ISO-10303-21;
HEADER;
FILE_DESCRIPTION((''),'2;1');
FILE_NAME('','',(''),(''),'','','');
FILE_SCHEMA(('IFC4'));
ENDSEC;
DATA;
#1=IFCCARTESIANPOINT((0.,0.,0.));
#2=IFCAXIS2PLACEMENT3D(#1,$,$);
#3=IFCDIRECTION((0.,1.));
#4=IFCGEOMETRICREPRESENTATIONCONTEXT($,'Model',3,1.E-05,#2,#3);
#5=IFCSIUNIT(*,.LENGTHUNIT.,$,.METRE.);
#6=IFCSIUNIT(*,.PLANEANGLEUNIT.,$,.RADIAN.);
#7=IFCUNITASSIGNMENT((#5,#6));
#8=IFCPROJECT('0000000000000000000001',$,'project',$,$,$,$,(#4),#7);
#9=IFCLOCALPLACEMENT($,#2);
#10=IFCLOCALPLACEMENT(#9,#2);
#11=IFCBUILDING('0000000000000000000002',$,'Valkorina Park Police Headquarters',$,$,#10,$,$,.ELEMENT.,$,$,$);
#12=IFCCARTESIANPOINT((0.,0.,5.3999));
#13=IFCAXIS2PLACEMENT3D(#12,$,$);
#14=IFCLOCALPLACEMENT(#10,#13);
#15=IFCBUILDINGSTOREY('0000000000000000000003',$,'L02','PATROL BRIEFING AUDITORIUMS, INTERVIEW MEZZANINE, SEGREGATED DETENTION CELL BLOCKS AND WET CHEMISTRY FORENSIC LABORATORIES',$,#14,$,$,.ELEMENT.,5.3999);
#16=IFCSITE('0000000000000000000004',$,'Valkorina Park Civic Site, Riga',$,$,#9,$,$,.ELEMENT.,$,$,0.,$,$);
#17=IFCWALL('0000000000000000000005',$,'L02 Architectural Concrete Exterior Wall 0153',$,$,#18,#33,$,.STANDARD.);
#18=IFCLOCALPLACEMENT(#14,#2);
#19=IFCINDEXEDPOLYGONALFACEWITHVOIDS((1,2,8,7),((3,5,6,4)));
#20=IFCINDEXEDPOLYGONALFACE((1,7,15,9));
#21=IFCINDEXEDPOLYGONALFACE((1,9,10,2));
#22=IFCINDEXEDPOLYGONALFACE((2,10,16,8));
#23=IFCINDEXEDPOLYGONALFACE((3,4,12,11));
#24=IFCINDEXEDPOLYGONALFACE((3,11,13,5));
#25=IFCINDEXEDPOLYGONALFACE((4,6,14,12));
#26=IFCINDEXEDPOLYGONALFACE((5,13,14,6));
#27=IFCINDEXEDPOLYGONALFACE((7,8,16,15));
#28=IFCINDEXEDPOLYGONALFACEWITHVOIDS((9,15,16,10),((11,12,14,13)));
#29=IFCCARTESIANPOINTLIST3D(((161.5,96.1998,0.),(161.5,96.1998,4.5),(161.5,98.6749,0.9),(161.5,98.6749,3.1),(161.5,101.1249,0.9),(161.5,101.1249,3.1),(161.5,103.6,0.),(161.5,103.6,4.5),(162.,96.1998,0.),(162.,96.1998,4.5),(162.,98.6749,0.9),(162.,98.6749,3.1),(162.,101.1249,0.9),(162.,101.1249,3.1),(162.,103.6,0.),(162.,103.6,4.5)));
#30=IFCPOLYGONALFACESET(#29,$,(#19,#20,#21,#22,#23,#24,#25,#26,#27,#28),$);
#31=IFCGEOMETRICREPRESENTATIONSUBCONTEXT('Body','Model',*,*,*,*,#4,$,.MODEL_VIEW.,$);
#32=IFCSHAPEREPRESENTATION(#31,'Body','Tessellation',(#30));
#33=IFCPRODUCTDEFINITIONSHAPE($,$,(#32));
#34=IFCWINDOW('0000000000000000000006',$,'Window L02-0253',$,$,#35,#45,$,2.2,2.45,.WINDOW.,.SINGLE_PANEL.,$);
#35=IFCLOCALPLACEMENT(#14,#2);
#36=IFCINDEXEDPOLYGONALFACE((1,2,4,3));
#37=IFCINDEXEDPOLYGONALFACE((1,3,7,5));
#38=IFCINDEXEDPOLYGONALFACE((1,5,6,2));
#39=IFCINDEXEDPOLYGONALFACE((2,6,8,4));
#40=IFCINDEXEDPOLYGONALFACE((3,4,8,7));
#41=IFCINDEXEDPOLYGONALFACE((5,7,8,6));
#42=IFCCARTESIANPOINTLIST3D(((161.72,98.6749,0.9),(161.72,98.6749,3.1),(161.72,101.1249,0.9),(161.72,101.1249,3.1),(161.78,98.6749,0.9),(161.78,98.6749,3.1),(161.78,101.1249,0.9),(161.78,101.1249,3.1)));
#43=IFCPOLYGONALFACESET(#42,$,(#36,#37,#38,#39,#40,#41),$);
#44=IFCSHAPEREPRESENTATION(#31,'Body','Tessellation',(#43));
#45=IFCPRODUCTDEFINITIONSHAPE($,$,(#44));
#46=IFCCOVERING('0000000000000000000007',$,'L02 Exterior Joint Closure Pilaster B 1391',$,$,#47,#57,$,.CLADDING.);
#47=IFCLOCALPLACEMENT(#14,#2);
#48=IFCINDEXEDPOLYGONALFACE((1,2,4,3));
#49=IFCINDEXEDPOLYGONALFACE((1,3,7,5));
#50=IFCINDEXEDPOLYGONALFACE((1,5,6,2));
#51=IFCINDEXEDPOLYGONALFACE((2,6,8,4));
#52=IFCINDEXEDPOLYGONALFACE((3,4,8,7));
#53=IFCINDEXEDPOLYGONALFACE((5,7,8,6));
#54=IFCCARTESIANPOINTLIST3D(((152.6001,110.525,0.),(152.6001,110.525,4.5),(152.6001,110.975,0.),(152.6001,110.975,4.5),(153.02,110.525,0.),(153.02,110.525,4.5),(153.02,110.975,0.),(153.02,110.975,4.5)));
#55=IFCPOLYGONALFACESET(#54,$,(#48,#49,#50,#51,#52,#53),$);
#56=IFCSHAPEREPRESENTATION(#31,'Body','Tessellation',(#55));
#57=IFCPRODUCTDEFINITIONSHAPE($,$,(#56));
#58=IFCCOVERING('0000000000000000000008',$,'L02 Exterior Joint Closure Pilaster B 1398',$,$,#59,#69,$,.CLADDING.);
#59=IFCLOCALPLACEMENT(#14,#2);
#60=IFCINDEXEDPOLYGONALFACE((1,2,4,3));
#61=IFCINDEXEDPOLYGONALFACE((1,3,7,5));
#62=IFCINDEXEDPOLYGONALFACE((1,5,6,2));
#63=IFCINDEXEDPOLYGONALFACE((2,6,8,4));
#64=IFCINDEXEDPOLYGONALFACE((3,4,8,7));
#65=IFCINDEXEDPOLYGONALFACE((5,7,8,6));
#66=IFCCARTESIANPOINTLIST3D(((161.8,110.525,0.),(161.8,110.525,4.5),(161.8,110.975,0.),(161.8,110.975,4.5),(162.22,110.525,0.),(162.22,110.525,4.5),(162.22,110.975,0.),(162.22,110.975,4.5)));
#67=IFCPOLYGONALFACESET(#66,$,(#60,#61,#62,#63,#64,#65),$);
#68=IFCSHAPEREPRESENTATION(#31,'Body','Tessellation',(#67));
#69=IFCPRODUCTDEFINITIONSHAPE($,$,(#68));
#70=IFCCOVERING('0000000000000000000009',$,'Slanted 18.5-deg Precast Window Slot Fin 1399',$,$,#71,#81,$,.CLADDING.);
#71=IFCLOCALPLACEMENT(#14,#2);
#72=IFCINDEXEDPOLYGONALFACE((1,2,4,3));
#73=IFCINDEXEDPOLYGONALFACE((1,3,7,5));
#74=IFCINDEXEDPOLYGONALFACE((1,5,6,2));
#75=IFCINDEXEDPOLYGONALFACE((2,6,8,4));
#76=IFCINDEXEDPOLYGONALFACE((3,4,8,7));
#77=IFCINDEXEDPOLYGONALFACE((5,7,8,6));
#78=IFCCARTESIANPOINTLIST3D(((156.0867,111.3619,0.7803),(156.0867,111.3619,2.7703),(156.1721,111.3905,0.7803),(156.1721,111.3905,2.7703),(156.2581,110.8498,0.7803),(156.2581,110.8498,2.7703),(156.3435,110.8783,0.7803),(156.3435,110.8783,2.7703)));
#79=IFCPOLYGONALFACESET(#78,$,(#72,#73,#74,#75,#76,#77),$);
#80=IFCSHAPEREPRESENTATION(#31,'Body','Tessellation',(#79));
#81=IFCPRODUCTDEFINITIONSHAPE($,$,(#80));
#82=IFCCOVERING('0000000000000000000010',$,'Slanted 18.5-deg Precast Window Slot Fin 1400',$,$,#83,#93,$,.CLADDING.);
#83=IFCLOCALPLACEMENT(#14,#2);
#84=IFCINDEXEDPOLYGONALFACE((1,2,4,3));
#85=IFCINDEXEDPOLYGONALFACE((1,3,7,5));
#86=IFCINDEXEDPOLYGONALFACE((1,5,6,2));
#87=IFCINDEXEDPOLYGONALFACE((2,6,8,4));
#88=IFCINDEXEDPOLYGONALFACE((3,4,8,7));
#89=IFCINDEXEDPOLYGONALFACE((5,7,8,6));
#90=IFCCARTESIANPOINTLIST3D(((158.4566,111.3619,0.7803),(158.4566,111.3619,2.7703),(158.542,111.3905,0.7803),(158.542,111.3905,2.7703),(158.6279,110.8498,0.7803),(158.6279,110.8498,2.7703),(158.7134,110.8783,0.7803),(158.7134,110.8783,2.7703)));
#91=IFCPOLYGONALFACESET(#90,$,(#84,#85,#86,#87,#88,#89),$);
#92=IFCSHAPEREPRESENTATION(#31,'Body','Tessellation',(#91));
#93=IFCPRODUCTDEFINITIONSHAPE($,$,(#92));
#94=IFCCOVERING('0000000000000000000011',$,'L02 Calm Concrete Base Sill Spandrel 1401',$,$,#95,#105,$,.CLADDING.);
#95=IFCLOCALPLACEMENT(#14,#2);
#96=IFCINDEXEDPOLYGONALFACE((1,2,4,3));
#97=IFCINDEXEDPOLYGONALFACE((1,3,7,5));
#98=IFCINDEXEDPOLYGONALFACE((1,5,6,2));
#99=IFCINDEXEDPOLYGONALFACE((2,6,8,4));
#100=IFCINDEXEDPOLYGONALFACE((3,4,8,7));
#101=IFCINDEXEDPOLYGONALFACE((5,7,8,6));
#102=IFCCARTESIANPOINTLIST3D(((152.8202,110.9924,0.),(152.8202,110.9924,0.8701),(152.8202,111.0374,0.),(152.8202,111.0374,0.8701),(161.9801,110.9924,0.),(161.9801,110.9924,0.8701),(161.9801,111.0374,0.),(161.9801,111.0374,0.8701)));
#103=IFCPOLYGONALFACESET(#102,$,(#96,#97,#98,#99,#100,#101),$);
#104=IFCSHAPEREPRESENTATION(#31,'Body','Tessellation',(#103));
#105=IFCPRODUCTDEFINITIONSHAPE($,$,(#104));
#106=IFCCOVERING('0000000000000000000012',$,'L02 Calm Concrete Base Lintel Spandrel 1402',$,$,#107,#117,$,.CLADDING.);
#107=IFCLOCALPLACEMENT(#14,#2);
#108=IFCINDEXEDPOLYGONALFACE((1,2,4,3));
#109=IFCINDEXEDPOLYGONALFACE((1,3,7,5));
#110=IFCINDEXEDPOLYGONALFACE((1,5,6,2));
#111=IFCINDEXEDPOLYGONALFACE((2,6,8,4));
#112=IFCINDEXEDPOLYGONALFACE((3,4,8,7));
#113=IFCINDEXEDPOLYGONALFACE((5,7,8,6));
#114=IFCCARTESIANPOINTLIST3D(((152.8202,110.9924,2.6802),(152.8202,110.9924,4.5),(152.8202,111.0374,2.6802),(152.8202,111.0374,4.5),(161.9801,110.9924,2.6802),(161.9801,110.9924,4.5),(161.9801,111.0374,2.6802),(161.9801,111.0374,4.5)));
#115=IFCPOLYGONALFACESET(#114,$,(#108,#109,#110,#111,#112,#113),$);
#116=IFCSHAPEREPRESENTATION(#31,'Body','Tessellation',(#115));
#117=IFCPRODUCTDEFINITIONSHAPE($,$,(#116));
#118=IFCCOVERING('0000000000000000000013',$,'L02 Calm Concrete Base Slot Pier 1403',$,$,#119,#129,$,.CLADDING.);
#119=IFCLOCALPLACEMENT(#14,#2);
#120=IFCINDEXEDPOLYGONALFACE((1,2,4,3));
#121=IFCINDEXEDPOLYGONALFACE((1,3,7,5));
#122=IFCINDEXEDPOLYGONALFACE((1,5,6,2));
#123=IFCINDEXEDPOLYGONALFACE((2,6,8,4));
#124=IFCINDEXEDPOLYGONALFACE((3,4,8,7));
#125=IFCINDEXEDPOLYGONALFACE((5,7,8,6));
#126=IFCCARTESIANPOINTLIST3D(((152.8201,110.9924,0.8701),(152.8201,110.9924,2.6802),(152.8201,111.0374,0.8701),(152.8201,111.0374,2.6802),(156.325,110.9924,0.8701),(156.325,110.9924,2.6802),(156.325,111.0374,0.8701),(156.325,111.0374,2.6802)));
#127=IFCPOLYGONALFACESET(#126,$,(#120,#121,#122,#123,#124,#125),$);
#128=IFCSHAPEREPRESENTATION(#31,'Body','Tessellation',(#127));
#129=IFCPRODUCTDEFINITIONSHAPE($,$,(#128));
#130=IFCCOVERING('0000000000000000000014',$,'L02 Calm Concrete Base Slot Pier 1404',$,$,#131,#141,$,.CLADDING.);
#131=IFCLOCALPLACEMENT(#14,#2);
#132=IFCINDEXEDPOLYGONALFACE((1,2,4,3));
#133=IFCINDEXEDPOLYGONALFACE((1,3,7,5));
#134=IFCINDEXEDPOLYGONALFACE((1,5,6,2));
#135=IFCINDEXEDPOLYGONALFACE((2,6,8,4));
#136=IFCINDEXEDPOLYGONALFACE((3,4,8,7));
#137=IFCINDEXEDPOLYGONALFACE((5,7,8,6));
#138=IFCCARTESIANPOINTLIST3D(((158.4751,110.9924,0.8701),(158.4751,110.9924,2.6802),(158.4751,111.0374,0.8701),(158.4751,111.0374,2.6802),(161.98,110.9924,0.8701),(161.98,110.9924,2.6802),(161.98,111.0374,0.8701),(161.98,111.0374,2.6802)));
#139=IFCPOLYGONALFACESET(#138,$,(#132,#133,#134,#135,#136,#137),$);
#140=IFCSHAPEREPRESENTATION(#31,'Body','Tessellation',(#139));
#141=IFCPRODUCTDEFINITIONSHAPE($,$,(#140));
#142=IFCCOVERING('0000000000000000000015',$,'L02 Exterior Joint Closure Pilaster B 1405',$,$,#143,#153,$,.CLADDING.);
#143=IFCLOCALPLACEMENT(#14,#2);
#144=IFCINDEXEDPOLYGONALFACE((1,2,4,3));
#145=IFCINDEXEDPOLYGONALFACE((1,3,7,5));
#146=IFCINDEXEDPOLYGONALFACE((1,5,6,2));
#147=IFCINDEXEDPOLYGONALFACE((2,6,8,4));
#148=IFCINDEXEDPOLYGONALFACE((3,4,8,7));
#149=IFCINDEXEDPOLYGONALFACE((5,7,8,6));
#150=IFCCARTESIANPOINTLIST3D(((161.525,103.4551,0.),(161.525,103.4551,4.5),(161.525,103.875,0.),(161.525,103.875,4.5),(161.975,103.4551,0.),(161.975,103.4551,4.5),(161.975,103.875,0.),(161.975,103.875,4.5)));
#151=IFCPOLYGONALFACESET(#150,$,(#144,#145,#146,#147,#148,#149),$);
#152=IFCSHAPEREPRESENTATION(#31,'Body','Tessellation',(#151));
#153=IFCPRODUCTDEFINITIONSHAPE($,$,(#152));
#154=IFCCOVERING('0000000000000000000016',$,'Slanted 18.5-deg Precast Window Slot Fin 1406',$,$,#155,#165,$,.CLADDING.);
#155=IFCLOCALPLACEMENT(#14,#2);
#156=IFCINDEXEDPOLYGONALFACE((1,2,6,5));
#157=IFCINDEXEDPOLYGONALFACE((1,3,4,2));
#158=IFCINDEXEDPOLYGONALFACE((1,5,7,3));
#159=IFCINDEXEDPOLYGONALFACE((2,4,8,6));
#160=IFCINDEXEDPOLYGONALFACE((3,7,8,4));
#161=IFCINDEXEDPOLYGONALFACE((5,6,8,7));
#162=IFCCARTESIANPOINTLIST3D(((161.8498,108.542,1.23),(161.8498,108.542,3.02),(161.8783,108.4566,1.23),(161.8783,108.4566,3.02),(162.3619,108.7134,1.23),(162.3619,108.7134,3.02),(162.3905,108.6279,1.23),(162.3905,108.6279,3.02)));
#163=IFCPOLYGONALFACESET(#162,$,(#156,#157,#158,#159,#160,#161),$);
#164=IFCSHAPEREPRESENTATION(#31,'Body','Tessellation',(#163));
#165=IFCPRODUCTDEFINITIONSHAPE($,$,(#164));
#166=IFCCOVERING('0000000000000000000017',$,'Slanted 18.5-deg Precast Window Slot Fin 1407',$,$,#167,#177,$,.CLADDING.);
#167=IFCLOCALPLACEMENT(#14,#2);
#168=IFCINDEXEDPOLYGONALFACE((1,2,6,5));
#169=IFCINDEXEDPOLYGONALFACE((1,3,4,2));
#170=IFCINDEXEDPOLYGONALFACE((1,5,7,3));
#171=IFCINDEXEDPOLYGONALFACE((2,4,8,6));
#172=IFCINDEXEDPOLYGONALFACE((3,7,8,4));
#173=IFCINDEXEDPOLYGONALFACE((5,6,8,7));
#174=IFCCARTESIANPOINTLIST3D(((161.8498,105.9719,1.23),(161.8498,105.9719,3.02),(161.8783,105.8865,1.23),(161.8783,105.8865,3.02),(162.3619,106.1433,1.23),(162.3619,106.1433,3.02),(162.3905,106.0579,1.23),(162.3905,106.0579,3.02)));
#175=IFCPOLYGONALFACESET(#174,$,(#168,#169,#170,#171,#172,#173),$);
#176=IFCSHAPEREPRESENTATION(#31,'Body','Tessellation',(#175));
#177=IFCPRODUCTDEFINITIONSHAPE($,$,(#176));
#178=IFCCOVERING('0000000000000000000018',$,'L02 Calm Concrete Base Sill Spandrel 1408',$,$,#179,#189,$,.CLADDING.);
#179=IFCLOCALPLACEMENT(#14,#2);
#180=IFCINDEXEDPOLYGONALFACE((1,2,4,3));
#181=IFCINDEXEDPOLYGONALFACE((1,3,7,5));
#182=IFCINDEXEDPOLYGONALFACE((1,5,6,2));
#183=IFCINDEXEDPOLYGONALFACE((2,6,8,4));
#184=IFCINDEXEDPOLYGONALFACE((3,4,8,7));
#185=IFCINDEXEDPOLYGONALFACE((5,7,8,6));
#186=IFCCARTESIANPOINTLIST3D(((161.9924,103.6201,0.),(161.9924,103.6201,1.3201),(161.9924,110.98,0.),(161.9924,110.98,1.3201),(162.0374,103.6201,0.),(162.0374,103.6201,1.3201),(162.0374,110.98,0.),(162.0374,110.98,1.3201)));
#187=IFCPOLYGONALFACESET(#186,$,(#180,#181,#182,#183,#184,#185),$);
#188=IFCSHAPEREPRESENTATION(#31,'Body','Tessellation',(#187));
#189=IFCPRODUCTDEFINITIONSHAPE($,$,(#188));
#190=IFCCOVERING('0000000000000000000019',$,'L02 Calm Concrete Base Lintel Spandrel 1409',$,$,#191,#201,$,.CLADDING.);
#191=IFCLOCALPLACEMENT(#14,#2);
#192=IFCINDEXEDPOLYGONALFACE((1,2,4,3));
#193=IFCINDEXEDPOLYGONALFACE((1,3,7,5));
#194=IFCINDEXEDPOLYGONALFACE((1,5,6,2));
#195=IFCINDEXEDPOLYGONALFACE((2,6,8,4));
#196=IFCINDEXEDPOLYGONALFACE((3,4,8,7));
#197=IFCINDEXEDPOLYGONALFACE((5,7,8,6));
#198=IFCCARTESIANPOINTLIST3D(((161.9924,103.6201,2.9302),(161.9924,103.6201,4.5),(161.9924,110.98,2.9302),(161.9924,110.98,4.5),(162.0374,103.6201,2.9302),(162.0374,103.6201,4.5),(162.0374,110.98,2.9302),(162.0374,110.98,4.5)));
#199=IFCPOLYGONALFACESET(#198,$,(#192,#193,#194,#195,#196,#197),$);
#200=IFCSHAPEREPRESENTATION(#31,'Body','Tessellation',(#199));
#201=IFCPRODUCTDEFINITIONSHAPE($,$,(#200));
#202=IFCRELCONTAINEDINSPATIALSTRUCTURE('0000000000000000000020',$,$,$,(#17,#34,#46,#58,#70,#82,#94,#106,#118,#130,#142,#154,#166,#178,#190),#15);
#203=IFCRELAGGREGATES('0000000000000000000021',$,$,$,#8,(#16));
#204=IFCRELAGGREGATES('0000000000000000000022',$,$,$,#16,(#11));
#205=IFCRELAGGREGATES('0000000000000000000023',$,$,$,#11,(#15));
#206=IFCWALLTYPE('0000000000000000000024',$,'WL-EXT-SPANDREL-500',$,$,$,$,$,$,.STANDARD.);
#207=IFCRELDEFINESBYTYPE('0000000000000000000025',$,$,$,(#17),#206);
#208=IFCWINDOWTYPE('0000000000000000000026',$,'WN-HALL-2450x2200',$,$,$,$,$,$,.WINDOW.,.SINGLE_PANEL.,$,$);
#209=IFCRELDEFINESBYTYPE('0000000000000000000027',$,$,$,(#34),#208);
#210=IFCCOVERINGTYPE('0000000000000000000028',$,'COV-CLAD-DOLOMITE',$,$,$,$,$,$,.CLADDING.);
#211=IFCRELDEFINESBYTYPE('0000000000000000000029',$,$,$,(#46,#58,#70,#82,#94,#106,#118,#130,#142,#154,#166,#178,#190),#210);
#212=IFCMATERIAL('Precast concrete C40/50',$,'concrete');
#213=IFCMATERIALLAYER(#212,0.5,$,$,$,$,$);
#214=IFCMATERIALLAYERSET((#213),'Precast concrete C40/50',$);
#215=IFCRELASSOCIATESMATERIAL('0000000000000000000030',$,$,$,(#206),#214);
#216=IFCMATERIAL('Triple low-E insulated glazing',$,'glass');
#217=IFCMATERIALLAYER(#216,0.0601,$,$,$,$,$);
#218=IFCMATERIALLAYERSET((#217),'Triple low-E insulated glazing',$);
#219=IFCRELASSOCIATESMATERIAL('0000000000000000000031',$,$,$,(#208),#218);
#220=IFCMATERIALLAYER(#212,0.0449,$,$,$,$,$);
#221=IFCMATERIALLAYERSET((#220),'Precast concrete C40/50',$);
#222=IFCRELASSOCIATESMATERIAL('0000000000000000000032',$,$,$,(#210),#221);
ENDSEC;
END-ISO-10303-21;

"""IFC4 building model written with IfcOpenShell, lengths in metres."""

from ifc_helpers import new_model, si_unit, direction, frame, frame_2d, origin, origin_2d, place, context, subcontext, project, spatial, rectangle, extrude, material, layer, layer_set, type_object, element, fill, save


model = new_model("IFC4")

# Units and contexts
model_context = context("Model", 3, precision=1e-05, world=origin(), true_north=direction((0.0, 1.0)))
body_context = subcontext(model_context, "Body", "Model", "MODEL_VIEW")
ifc_project = project(units=[si_unit("LENGTHUNIT", "METRE"), si_unit("PLANEANGLEUNIT", "RADIAN")], contexts=[model_context])

# Site, building, storey
site_placement = place(None, origin())
site = spatial("IfcSite", under=ifc_project, at=site_placement, Name="Valkorina Park Civic Site, Riga", CompositionType="ELEMENT", RefElevation=0.0)
building_placement = place(site_placement, origin())
building = spatial("IfcBuilding", under=site, at=building_placement, Name="Valkorina Park Police Headquarters", CompositionType="ELEMENT")
storey_placement = place(building_placement, frame((0.0, 0.0, 5.3999)))
storey = spatial("IfcBuildingStorey", under=building, at=storey_placement, Name="L02", Description="PATROL BRIEFING AUDITORIUMS, INTERVIEW MEZZANINE, SEGREGATED DETENTION CELL BLOCKS AND WET CHEMISTRY FORENSIC LABORATORIES", CompositionType="ELEMENT", Elevation=5.3999)

# Wall, opening, window
ifc_material_1 = material(Name="Precast concrete C40/50", Category="concrete")
ifc_layer_1 = layer(ifc_material_1, 0.5)
ifc_layer_set_1 = layer_set([ifc_layer_1], Name="Precast concrete C40/50")
wall_type = type_object("IfcWallType", Name="WL-EXT-SPANDREL-500", PredefinedType="STANDARD", material=ifc_layer_set_1)
ifc_material_2 = material(Name="Triple low-E insulated glazing", Category="glass")
wall_1_placement = place(storey_placement, frame((161.75, 103.6001, 0.0), z_axis=(0.0, 0.0, 1.0), x_axis=(0.0, -1.0, 0.0)))
wall_1 = element("IfcWall", 1, at=wall_1_placement, inside=storey, type_object=wall_type, Name="L02 Architectural Concrete Exterior Wall 0153", PredefinedType="STANDARD", context=body_context, shape_type="SweptSolid", body=[
    extrude(rectangle(XDim=7.4001, YDim=0.5, at=frame_2d((3.7002, 0.0))), origin(), (0.0, 0.0, 1.0), 4.5),
])
opening_1_placement = place(wall_1_placement, frame((2.4751, 0.0, 0.8999)))
opening_1 = element("IfcOpeningElement", 2, at=opening_1_placement, cuts=wall_1, PredefinedType="OPENING", context=body_context, shape_type="SweptSolid", body=[
    extrude(rectangle(XDim=2.45, YDim=2.2, at=frame_2d((1.2251, 1.1001))), frame((0.0, 0.26, 0.0), z_axis=(0.0, -1.0, 0.0), x_axis=(1.0, 0.0, 0.0)), (0.0, 0.0, 1.0), 0.52),
])
ifc_layer_2 = layer(ifc_material_2, 0.0601)
ifc_layer_set_2 = layer_set([ifc_layer_2], Name="Triple low-E insulated glazing")
window_type_1 = type_object("IfcWindowType", Name="WN-HALL-2450x2200", PartitioningType="SINGLE_PANEL", PredefinedType="WINDOW", material=ifc_layer_set_2)
window_1_placement = place(opening_1_placement, origin())
window_1 = element("IfcWindow", 3, at=window_1_placement, inside=storey, type_object=window_type_1, Name="Window L02-0253", OverallHeight=2.2, OverallWidth=2.45, PartitioningType="SINGLE_PANEL", PredefinedType="WINDOW", context=body_context, shape_type="SweptSolid", body=[
    extrude(rectangle(XDim=2.45, YDim=2.2, at=frame_2d((1.2251, 1.1001))), frame((0.0, 0.03, 0.0), z_axis=(0.0, -1.0, 0.0), x_axis=(1.0, 0.0, 0.0)), (0.0, 0.0, 1.0), 0.0601),
])
fill(opening_1, window_1)

# Coverings
ifc_layer_3 = layer(ifc_material_1, 0.0449)
ifc_layer_set_3 = layer_set([ifc_layer_3], Name="Precast concrete C40/50")
covering_type = type_object("IfcCoveringType", Name="COV-CLAD-DOLOMITE", PredefinedType="CLADDING", material=ifc_layer_set_3)
for number, where, z_axis, x_axis, name in (
    (4, (152.8101, 110.75, 0.0), (0.0, 0.0, 1.0), (1.0, 0.0, 0.0), "L02 Exterior Joint Closure Pilaster B 1391"),
    (5, (162.01, 110.75, 0.0), (0.0, 0.0, 1.0), (1.0, 0.0, 0.0), "L02 Exterior Joint Closure Pilaster B 1398"),
):
    element("IfcCovering", number, at=place(storey_placement, frame(where, z_axis=z_axis, x_axis=x_axis)), inside=storey, type_object=covering_type, Name=name, PredefinedType="CLADDING", context=body_context, shape_type="SweptSolid", body=[
        extrude(rectangle(XDim=0.4199, YDim=0.45, at=origin_2d()), origin(), (0.0, 0.0, 1.0), 4.5),
    ])
for number, where, z_axis, x_axis, name in (
    (6, (156.2151, 111.1201, 0.7803), (0.0, 0.0, 1.0), (-0.317305, 0.948324, 0.0), "Slanted 18.5-deg Precast Window Slot Fin 1399"),
    (7, (158.585, 111.1201, 0.7803), (0.0, 0.0, 1.0), (-0.317305, 0.948324, 0.0), "Slanted 18.5-deg Precast Window Slot Fin 1400"),
):
    element("IfcCovering", number, at=place(storey_placement, frame(where, z_axis=z_axis, x_axis=x_axis)), inside=storey, type_object=covering_type, Name=name, PredefinedType="CLADDING", context=body_context, shape_type="SweptSolid", body=[
        extrude(rectangle(XDim=0.54, YDim=0.0901, at=origin_2d()), origin(), (0.0, 0.0, 1.0), 1.99),
    ])
covering_1_placement = place(storey_placement, frame((152.8201, 111.0149, 0.0), z_axis=(0.0, 0.0, 1.0), x_axis=(1.0, 0.0, 0.0)))
element("IfcCovering", 8, at=covering_1_placement, inside=storey, type_object=covering_type, Name="L02 Calm Concrete Base Sill Spandrel 1401", PredefinedType="CLADDING", context=body_context, shape_type="SweptSolid", body=[
    extrude(rectangle(XDim=9.1599, YDim=0.0449, at=frame_2d((4.5801, 0.0))), origin(), (0.0, 0.0, 1.0), 0.8701),
])
covering_2_placement = place(storey_placement, frame((152.8201, 111.0149, 2.6802), z_axis=(0.0, 0.0, 1.0), x_axis=(1.0, 0.0, 0.0)))
element("IfcCovering", 9, at=covering_2_placement, inside=storey, type_object=covering_type, Name="L02 Calm Concrete Base Lintel Spandrel 1402", PredefinedType="CLADDING", context=body_context, shape_type="SweptSolid", body=[
    extrude(rectangle(XDim=9.1599, YDim=0.0449, at=frame_2d((4.5801, 0.0))), origin(), (0.0, 0.0, 1.0), 1.8198),
])
for number, where, z_axis, x_axis, name in (
    (10, (152.8201, 111.0149, 0.8701), (0.0, 0.0, 1.0), (1.0, 0.0, 0.0), "L02 Calm Concrete Base Slot Pier 1403"),
    (11, (158.4751, 111.0149, 0.8701), (0.0, 0.0, 1.0), (1.0, 0.0, 0.0), "L02 Calm Concrete Base Slot Pier 1404"),
):
    element("IfcCovering", number, at=place(storey_placement, frame(where, z_axis=z_axis, x_axis=x_axis)), inside=storey, type_object=covering_type, Name=name, PredefinedType="CLADDING", context=body_context, shape_type="SweptSolid", body=[
        extrude(rectangle(XDim=3.5049, YDim=0.0449, at=frame_2d((1.7524, 0.0))), origin(), (0.0, 0.0, 1.0), 1.8101),
    ])
covering_3_placement = place(storey_placement, frame((161.75, 103.665, 0.0), z_axis=(0.0, 0.0, 1.0), x_axis=(0.0, 1.0, 0.0)))
element("IfcCovering", 12, at=covering_3_placement, inside=storey, type_object=covering_type, Name="L02 Exterior Joint Closure Pilaster B 1405", PredefinedType="CLADDING", context=body_context, shape_type="SweptSolid", body=[
    extrude(rectangle(XDim=0.4199, YDim=0.45, at=origin_2d()), origin(), (0.0, 0.0, 1.0), 4.5),
])
for number, where, z_axis, x_axis, name in (
    (13, (162.1201, 108.585, 1.23), (0.0, 0.0, 1.0), (0.948324, 0.317305, 0.0), "Slanted 18.5-deg Precast Window Slot Fin 1406"),
    (14, (162.1201, 106.0149, 1.23), (0.0, 0.0, 1.0), (0.948324, 0.317305, 0.0), "Slanted 18.5-deg Precast Window Slot Fin 1407"),
):
    element("IfcCovering", number, at=place(storey_placement, frame(where, z_axis=z_axis, x_axis=x_axis)), inside=storey, type_object=covering_type, Name=name, PredefinedType="CLADDING", context=body_context, shape_type="SweptSolid", body=[
        extrude(rectangle(XDim=0.54, YDim=0.0901, at=origin_2d()), origin(), (0.0, 0.0, 1.0), 1.79),
    ])
covering_4_placement = place(storey_placement, frame((162.0149, 110.98, 0.0), z_axis=(0.0, 0.0, 1.0), x_axis=(0.0, -1.0, 0.0)))
element("IfcCovering", 15, at=covering_4_placement, inside=storey, type_object=covering_type, Name="L02 Calm Concrete Base Sill Spandrel 1408", PredefinedType="CLADDING", context=body_context, shape_type="SweptSolid", body=[
    extrude(rectangle(XDim=7.3599, YDim=0.0449, at=frame_2d((3.6799, 0.0))), origin(), (0.0, 0.0, 1.0), 1.3201),
])
covering_5_placement = place(storey_placement, frame((162.0149, 110.98, 2.9302), z_axis=(0.0, 0.0, 1.0), x_axis=(0.0, -1.0, 0.0)))
element("IfcCovering", 16, at=covering_5_placement, inside=storey, type_object=covering_type, Name="L02 Calm Concrete Base Lintel Spandrel 1409", PredefinedType="CLADDING", context=body_context, shape_type="SweptSolid", body=[
    extrude(rectangle(XDim=7.3599, YDim=0.0449, at=frame_2d((3.6799, 0.0))), origin(), (0.0, 0.0, 1.0), 1.5698),
])

save(model, "model.ifc")
